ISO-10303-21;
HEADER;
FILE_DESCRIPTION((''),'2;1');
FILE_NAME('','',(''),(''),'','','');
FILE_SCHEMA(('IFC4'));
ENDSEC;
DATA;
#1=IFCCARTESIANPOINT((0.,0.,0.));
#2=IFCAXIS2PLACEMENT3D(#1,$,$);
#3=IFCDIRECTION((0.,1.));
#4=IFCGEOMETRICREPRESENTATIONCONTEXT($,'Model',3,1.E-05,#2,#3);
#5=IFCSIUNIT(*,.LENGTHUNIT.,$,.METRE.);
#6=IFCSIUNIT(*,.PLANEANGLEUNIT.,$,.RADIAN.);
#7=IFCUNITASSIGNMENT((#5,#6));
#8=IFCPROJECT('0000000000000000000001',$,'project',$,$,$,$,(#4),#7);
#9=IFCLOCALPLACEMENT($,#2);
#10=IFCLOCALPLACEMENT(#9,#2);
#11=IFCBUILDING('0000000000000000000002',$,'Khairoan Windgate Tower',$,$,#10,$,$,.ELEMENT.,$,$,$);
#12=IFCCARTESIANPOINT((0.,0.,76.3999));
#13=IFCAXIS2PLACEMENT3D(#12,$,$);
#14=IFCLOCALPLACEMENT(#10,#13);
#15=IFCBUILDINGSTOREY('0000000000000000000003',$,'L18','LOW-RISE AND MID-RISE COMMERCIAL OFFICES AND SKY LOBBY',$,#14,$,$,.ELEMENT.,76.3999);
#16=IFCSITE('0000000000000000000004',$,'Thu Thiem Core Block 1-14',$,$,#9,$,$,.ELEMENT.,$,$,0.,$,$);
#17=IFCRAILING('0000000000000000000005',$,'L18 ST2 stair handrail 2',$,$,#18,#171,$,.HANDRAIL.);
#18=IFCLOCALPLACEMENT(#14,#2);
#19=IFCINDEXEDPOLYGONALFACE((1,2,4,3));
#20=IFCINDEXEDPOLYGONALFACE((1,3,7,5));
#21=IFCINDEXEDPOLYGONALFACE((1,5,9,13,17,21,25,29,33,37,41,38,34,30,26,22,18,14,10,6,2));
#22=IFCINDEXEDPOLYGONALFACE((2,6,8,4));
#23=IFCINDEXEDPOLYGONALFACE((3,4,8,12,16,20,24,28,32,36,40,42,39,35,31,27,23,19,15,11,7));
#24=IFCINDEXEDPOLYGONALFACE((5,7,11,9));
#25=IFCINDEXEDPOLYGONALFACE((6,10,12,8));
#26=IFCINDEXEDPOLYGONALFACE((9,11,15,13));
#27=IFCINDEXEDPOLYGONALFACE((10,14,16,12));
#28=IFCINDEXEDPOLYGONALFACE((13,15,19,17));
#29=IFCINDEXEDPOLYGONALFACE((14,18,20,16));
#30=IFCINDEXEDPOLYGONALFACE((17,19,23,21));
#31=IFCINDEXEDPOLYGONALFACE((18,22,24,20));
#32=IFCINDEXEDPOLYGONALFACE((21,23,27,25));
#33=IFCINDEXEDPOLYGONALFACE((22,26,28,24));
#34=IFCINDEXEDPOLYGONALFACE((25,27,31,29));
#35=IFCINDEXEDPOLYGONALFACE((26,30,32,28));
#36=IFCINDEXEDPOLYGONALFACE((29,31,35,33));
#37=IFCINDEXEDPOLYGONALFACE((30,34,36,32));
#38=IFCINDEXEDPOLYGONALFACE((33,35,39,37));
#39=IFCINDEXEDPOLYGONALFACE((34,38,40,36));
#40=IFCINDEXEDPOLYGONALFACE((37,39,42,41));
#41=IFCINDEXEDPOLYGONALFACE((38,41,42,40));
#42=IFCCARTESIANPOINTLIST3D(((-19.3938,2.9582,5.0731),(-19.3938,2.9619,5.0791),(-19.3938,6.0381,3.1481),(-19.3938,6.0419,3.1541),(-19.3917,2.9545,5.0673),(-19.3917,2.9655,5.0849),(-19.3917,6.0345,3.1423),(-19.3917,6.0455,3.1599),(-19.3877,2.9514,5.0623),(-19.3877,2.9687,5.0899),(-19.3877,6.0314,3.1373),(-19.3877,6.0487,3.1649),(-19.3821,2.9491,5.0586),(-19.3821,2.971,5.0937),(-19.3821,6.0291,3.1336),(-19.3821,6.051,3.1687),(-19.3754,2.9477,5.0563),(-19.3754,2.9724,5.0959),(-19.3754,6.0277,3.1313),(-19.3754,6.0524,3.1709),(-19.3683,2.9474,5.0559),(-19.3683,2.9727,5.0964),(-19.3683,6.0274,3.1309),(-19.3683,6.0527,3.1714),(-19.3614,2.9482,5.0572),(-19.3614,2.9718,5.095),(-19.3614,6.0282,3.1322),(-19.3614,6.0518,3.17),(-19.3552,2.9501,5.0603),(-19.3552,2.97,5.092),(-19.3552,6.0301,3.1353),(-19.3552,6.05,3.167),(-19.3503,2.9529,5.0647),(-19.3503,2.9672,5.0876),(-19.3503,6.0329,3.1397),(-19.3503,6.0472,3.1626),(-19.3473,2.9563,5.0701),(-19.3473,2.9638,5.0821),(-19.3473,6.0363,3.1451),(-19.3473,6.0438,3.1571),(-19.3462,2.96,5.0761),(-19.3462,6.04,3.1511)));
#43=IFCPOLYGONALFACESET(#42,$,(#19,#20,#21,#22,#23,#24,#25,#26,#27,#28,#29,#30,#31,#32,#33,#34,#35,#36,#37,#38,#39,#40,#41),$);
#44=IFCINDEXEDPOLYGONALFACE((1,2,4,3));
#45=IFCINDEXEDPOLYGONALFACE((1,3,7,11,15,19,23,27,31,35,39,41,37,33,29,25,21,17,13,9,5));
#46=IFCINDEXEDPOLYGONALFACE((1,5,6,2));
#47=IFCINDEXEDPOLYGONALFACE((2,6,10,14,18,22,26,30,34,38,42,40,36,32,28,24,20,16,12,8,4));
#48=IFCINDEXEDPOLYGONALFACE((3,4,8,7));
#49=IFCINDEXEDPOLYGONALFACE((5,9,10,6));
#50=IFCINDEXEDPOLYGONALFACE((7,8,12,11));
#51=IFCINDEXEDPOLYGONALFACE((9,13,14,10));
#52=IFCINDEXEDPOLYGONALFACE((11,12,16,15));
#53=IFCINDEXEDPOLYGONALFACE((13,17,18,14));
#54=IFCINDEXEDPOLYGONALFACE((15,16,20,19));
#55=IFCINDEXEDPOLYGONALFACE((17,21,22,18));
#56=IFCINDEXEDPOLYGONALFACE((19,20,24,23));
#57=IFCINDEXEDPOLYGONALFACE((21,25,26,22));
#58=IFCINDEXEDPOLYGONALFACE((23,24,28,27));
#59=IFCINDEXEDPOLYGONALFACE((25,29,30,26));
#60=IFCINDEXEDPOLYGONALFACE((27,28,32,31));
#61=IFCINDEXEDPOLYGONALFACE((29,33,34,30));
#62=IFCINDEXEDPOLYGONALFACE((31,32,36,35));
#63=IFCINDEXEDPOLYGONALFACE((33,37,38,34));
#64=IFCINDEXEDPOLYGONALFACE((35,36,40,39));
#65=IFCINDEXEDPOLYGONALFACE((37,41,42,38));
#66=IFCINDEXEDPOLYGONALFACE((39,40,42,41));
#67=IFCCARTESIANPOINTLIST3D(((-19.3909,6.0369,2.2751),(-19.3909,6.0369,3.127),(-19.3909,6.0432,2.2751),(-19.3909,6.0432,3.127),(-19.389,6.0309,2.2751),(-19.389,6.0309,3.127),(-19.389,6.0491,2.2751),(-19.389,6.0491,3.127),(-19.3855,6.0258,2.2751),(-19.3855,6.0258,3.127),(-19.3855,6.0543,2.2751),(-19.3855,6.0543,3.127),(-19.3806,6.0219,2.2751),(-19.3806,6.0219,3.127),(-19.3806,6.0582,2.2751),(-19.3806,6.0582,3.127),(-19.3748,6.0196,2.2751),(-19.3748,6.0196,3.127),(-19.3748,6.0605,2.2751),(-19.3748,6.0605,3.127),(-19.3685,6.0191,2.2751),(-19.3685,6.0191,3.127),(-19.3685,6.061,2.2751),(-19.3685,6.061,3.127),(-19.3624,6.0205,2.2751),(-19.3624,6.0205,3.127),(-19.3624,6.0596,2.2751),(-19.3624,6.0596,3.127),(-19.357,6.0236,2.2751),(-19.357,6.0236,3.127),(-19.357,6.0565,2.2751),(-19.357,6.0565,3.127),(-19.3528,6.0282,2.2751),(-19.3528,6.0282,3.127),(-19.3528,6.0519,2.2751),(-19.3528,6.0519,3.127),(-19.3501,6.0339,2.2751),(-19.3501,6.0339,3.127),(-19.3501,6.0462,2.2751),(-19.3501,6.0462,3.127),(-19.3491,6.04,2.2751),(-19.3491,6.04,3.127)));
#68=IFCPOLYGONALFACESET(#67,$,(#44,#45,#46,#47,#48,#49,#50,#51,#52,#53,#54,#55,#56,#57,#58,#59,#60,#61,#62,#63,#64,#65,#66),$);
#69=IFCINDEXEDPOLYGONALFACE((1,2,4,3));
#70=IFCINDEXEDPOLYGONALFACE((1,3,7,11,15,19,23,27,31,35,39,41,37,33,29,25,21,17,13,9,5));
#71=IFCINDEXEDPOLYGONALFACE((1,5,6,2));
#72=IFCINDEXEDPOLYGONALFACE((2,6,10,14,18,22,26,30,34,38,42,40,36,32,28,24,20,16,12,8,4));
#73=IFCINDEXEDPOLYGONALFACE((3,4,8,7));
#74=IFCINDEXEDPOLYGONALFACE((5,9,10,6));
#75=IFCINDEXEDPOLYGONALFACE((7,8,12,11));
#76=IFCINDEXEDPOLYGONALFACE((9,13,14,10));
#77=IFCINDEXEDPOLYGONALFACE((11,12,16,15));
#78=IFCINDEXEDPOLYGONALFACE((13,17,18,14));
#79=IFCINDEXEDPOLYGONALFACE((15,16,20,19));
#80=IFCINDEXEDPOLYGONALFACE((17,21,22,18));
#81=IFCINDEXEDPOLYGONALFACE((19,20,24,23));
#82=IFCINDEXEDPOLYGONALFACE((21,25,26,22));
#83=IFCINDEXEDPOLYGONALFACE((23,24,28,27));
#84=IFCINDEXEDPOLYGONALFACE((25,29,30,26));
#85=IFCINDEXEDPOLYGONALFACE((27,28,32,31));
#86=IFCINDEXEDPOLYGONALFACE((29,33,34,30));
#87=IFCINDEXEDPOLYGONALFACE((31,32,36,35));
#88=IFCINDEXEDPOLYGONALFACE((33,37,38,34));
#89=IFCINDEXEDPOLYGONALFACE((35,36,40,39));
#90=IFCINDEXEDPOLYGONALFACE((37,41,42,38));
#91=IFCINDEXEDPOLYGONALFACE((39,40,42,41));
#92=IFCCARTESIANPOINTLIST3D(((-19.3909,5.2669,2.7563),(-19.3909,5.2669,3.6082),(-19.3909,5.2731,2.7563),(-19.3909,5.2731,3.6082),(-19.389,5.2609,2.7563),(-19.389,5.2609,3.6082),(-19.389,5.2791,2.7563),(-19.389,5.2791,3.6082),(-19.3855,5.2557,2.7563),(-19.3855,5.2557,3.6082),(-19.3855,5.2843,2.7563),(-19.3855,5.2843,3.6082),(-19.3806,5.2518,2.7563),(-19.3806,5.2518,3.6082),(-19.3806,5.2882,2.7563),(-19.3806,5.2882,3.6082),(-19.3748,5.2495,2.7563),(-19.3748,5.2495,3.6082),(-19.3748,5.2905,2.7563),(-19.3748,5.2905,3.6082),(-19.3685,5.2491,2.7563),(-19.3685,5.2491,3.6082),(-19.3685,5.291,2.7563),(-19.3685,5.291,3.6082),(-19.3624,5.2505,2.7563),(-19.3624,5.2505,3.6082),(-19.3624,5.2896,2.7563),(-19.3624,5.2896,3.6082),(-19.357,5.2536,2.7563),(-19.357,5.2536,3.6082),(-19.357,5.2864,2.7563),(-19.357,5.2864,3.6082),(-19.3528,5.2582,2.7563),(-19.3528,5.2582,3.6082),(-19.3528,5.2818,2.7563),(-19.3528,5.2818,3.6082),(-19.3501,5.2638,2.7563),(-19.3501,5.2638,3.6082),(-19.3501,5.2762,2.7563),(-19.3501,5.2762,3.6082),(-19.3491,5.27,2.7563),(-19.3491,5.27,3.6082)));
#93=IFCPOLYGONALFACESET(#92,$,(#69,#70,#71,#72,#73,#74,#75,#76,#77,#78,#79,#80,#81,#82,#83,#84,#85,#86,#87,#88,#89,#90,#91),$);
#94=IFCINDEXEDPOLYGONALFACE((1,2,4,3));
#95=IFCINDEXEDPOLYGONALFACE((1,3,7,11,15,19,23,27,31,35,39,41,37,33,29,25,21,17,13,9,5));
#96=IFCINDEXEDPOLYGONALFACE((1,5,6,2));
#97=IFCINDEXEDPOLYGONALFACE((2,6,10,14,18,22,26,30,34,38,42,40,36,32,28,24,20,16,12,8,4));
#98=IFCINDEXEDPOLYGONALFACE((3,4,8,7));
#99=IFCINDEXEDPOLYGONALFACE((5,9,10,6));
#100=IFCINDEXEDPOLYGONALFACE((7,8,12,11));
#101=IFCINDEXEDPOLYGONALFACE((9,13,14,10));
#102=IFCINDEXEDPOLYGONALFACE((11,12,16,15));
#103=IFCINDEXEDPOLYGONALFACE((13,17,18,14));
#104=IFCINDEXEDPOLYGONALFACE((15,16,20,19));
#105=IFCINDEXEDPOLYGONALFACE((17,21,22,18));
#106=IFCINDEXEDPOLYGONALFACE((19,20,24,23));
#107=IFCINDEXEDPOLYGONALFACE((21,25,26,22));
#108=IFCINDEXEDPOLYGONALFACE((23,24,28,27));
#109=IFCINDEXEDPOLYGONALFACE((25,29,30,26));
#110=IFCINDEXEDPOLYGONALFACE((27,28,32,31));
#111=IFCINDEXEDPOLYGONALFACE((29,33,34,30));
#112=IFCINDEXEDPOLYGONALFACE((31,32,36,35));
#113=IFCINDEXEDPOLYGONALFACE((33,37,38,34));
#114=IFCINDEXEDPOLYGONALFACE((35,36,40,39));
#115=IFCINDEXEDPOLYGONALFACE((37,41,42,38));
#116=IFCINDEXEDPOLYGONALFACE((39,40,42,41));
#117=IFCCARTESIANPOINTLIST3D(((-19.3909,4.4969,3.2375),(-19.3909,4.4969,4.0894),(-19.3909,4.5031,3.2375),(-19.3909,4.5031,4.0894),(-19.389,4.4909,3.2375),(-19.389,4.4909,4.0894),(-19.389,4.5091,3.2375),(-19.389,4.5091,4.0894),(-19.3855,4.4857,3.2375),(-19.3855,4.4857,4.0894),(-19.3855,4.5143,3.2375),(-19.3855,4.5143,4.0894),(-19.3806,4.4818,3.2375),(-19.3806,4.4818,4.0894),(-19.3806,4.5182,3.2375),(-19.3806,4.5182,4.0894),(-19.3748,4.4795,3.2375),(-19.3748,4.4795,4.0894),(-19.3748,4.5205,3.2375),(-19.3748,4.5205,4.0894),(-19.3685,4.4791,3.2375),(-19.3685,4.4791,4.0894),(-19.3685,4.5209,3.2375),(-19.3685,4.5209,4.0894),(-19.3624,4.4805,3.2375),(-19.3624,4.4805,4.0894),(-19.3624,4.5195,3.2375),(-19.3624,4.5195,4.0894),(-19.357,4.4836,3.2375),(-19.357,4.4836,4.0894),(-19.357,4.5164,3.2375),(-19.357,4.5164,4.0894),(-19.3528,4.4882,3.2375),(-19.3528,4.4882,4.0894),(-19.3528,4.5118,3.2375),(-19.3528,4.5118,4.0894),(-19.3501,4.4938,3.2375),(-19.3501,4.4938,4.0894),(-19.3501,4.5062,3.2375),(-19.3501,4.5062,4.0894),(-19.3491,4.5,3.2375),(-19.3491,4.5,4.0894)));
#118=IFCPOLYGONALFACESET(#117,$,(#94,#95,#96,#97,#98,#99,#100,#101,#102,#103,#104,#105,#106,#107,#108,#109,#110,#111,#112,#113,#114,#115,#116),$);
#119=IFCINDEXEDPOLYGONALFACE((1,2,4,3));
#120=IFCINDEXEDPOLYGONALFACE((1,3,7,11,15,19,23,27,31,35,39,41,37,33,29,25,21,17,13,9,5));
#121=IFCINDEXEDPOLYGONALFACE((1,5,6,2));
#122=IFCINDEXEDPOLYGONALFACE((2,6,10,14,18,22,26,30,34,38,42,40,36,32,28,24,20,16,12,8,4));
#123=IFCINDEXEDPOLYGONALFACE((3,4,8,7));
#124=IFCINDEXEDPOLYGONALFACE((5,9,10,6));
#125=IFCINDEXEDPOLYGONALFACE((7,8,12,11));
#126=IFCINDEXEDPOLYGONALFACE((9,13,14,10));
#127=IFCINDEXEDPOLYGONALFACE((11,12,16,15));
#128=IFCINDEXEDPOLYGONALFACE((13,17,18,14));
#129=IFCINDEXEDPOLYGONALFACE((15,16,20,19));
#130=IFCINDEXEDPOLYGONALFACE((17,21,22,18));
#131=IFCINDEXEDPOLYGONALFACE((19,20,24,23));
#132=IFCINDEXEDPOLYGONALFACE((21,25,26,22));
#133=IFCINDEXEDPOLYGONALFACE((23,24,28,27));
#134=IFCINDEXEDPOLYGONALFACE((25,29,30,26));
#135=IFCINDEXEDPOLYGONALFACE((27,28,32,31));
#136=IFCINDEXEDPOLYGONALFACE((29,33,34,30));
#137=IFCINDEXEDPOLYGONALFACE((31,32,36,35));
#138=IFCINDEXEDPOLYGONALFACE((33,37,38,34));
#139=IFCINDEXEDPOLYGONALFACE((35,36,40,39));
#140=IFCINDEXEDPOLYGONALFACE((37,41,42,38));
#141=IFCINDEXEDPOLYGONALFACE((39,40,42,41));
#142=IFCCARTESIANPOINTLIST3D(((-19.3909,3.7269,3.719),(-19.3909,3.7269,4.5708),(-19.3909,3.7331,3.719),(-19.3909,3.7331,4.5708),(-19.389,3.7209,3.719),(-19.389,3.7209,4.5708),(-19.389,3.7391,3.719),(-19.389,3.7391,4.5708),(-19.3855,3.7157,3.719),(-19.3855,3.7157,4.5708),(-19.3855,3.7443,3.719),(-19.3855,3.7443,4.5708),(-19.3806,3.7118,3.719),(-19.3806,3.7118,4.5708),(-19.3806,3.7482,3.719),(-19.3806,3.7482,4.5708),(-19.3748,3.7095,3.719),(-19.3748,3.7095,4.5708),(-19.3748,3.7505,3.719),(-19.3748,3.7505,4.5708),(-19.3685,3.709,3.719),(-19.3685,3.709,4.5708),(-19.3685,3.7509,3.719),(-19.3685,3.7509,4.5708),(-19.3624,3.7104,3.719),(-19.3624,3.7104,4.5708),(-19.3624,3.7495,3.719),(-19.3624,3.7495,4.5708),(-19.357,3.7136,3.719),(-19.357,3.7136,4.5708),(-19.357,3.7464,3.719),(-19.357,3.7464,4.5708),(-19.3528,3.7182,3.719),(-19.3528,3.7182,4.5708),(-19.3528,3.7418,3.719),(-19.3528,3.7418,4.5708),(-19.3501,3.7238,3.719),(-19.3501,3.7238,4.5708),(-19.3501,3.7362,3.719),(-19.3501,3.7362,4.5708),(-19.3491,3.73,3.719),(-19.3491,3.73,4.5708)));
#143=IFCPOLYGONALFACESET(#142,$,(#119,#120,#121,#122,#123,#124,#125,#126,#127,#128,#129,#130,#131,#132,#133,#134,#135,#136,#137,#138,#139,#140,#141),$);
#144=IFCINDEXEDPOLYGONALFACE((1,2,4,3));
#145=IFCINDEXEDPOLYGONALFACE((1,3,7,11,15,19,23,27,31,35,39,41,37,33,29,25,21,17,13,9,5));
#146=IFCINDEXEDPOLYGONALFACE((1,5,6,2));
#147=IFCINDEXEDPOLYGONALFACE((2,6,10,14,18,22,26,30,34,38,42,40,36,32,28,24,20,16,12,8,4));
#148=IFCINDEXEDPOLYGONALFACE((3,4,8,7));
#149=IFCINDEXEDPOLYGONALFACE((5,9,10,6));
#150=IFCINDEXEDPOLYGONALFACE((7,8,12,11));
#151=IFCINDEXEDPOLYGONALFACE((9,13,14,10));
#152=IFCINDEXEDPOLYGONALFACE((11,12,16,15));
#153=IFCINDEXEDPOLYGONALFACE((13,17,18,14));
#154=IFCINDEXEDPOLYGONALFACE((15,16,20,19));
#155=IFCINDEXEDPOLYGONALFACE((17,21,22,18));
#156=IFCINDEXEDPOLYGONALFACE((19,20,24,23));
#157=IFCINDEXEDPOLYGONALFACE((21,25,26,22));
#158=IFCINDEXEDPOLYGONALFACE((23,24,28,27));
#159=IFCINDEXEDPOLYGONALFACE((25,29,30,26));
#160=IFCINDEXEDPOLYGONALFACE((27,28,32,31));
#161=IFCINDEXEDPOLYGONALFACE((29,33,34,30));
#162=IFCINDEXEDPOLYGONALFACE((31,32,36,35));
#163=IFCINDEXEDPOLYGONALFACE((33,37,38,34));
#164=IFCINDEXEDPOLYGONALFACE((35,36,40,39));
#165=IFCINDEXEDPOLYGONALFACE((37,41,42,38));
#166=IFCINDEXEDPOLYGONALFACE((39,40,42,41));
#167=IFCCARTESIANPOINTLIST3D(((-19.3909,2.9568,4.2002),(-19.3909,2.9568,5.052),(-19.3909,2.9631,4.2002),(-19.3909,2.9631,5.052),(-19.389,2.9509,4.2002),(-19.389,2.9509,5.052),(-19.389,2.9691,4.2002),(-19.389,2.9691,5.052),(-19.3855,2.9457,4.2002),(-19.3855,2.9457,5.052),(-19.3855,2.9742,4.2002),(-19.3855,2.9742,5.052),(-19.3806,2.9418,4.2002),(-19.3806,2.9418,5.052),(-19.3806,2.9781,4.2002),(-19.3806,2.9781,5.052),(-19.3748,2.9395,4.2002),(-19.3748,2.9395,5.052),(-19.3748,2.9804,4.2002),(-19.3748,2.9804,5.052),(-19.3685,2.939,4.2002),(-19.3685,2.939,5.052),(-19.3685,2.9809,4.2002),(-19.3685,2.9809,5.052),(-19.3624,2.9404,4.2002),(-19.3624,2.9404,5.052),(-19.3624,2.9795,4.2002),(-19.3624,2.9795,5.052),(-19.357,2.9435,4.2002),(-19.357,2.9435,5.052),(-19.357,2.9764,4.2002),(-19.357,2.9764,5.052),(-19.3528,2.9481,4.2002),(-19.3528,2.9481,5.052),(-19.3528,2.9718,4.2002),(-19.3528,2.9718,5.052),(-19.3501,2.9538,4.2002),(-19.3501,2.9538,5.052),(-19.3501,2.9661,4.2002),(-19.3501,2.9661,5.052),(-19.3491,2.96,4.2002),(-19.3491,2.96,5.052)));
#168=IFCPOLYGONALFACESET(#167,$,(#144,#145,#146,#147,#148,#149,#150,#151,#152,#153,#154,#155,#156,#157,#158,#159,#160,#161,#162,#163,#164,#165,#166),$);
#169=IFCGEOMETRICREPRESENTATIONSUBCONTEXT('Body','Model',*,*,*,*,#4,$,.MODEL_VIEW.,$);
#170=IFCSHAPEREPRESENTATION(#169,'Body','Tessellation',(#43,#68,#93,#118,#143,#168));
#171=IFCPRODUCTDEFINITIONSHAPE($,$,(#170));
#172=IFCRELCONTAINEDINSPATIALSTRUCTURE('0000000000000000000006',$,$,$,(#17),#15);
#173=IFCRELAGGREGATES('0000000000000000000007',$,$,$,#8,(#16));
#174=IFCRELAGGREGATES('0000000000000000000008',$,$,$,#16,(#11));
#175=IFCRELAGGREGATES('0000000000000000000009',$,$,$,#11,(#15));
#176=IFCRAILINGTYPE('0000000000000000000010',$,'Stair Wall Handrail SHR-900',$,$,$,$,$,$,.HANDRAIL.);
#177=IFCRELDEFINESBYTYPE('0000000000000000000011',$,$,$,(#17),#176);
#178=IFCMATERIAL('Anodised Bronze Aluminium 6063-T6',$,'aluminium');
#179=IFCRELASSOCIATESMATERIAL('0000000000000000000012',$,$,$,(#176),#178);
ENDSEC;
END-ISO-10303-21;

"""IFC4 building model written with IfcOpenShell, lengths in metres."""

from ifc_helpers import new_model, si_unit, direction, frame, origin, origin_2d, place, context, subcontext, project, spatial, circle, extrude, material, type_object, element, save


model = new_model("IFC4")

# Units and contexts
model_context = context("Model", 3, precision=1e-05, world=origin(), true_north=direction((0.0, 1.0)))
body_context = subcontext(model_context, "Body", "Model", "MODEL_VIEW")
ifc_project = project(units=[si_unit("LENGTHUNIT", "METRE"), si_unit("PLANEANGLEUNIT", "RADIAN")], contexts=[model_context])

# Site, building, storey
site_placement = place(None, origin())
site = spatial("IfcSite", under=ifc_project, at=site_placement, Name="Thu Thiem Core Block 1-14", CompositionType="ELEMENT", RefElevation=0.0)
building_placement = place(site_placement, origin())
building = spatial("IfcBuilding", under=site, at=building_placement, Name="Khairoan Windgate Tower", CompositionType="ELEMENT")
storey_placement = place(building_placement, frame((0.0, 0.0, 76.3999)))
storey = spatial("IfcBuildingStorey", under=building, at=storey_placement, Name="L18", Description="LOW-RISE AND MID-RISE COMMERCIAL OFFICES AND SKY LOBBY", CompositionType="ELEMENT", Elevation=76.3999)

# Railing
ifc_material_1 = material(Name="Anodised Bronze Aluminium 6063-T6", Category="aluminium")
railing_type_1 = type_object("IfcRailingType", Name="Stair Wall Handrail SHR-900", PredefinedType="HANDRAIL", material=ifc_material_1)
railing_1_placement = place(storey_placement, frame((-19.3701, 6.04, 2.2751)))
element("IfcRailing", 1, at=railing_1_placement, inside=storey, type_object=railing_type_1, Name="L18 ST2 stair handrail 2", PredefinedType="HANDRAIL", context=body_context, shape_type="SweptSolid", body=[
    extrude(circle(Radius=0.0239, at=origin_2d()), frame((0.0, 0.0, 0.876), z_axis=(0.0, -0.847998, 0.529999), x_axis=(1.0, 0.0, 0.0)), (0.0, 0.0, 1.0), 3.6321),
    extrude(circle(Radius=0.021, at=origin_2d()), origin(), (0.0, 0.0, 1.0), 0.8518),
    extrude(circle(Radius=0.021, at=origin_2d()), frame((0.0, -0.77, 0.4812)), (0.0, 0.0, 1.0), 0.8518),
    extrude(circle(Radius=0.021, at=origin_2d()), frame((0.0, -1.54, 0.9624)), (0.0, 0.0, 1.0), 0.8518),
    extrude(circle(Radius=0.021, at=origin_2d()), frame((0.0, -2.3101, 1.4438)), (0.0, 0.0, 1.0), 0.8518),
    extrude(circle(Radius=0.021, at=origin_2d()), frame((0.0, -3.0801, 1.925)), (0.0, 0.0, 1.0), 0.8518),
])

save(model, "model.ifc")
